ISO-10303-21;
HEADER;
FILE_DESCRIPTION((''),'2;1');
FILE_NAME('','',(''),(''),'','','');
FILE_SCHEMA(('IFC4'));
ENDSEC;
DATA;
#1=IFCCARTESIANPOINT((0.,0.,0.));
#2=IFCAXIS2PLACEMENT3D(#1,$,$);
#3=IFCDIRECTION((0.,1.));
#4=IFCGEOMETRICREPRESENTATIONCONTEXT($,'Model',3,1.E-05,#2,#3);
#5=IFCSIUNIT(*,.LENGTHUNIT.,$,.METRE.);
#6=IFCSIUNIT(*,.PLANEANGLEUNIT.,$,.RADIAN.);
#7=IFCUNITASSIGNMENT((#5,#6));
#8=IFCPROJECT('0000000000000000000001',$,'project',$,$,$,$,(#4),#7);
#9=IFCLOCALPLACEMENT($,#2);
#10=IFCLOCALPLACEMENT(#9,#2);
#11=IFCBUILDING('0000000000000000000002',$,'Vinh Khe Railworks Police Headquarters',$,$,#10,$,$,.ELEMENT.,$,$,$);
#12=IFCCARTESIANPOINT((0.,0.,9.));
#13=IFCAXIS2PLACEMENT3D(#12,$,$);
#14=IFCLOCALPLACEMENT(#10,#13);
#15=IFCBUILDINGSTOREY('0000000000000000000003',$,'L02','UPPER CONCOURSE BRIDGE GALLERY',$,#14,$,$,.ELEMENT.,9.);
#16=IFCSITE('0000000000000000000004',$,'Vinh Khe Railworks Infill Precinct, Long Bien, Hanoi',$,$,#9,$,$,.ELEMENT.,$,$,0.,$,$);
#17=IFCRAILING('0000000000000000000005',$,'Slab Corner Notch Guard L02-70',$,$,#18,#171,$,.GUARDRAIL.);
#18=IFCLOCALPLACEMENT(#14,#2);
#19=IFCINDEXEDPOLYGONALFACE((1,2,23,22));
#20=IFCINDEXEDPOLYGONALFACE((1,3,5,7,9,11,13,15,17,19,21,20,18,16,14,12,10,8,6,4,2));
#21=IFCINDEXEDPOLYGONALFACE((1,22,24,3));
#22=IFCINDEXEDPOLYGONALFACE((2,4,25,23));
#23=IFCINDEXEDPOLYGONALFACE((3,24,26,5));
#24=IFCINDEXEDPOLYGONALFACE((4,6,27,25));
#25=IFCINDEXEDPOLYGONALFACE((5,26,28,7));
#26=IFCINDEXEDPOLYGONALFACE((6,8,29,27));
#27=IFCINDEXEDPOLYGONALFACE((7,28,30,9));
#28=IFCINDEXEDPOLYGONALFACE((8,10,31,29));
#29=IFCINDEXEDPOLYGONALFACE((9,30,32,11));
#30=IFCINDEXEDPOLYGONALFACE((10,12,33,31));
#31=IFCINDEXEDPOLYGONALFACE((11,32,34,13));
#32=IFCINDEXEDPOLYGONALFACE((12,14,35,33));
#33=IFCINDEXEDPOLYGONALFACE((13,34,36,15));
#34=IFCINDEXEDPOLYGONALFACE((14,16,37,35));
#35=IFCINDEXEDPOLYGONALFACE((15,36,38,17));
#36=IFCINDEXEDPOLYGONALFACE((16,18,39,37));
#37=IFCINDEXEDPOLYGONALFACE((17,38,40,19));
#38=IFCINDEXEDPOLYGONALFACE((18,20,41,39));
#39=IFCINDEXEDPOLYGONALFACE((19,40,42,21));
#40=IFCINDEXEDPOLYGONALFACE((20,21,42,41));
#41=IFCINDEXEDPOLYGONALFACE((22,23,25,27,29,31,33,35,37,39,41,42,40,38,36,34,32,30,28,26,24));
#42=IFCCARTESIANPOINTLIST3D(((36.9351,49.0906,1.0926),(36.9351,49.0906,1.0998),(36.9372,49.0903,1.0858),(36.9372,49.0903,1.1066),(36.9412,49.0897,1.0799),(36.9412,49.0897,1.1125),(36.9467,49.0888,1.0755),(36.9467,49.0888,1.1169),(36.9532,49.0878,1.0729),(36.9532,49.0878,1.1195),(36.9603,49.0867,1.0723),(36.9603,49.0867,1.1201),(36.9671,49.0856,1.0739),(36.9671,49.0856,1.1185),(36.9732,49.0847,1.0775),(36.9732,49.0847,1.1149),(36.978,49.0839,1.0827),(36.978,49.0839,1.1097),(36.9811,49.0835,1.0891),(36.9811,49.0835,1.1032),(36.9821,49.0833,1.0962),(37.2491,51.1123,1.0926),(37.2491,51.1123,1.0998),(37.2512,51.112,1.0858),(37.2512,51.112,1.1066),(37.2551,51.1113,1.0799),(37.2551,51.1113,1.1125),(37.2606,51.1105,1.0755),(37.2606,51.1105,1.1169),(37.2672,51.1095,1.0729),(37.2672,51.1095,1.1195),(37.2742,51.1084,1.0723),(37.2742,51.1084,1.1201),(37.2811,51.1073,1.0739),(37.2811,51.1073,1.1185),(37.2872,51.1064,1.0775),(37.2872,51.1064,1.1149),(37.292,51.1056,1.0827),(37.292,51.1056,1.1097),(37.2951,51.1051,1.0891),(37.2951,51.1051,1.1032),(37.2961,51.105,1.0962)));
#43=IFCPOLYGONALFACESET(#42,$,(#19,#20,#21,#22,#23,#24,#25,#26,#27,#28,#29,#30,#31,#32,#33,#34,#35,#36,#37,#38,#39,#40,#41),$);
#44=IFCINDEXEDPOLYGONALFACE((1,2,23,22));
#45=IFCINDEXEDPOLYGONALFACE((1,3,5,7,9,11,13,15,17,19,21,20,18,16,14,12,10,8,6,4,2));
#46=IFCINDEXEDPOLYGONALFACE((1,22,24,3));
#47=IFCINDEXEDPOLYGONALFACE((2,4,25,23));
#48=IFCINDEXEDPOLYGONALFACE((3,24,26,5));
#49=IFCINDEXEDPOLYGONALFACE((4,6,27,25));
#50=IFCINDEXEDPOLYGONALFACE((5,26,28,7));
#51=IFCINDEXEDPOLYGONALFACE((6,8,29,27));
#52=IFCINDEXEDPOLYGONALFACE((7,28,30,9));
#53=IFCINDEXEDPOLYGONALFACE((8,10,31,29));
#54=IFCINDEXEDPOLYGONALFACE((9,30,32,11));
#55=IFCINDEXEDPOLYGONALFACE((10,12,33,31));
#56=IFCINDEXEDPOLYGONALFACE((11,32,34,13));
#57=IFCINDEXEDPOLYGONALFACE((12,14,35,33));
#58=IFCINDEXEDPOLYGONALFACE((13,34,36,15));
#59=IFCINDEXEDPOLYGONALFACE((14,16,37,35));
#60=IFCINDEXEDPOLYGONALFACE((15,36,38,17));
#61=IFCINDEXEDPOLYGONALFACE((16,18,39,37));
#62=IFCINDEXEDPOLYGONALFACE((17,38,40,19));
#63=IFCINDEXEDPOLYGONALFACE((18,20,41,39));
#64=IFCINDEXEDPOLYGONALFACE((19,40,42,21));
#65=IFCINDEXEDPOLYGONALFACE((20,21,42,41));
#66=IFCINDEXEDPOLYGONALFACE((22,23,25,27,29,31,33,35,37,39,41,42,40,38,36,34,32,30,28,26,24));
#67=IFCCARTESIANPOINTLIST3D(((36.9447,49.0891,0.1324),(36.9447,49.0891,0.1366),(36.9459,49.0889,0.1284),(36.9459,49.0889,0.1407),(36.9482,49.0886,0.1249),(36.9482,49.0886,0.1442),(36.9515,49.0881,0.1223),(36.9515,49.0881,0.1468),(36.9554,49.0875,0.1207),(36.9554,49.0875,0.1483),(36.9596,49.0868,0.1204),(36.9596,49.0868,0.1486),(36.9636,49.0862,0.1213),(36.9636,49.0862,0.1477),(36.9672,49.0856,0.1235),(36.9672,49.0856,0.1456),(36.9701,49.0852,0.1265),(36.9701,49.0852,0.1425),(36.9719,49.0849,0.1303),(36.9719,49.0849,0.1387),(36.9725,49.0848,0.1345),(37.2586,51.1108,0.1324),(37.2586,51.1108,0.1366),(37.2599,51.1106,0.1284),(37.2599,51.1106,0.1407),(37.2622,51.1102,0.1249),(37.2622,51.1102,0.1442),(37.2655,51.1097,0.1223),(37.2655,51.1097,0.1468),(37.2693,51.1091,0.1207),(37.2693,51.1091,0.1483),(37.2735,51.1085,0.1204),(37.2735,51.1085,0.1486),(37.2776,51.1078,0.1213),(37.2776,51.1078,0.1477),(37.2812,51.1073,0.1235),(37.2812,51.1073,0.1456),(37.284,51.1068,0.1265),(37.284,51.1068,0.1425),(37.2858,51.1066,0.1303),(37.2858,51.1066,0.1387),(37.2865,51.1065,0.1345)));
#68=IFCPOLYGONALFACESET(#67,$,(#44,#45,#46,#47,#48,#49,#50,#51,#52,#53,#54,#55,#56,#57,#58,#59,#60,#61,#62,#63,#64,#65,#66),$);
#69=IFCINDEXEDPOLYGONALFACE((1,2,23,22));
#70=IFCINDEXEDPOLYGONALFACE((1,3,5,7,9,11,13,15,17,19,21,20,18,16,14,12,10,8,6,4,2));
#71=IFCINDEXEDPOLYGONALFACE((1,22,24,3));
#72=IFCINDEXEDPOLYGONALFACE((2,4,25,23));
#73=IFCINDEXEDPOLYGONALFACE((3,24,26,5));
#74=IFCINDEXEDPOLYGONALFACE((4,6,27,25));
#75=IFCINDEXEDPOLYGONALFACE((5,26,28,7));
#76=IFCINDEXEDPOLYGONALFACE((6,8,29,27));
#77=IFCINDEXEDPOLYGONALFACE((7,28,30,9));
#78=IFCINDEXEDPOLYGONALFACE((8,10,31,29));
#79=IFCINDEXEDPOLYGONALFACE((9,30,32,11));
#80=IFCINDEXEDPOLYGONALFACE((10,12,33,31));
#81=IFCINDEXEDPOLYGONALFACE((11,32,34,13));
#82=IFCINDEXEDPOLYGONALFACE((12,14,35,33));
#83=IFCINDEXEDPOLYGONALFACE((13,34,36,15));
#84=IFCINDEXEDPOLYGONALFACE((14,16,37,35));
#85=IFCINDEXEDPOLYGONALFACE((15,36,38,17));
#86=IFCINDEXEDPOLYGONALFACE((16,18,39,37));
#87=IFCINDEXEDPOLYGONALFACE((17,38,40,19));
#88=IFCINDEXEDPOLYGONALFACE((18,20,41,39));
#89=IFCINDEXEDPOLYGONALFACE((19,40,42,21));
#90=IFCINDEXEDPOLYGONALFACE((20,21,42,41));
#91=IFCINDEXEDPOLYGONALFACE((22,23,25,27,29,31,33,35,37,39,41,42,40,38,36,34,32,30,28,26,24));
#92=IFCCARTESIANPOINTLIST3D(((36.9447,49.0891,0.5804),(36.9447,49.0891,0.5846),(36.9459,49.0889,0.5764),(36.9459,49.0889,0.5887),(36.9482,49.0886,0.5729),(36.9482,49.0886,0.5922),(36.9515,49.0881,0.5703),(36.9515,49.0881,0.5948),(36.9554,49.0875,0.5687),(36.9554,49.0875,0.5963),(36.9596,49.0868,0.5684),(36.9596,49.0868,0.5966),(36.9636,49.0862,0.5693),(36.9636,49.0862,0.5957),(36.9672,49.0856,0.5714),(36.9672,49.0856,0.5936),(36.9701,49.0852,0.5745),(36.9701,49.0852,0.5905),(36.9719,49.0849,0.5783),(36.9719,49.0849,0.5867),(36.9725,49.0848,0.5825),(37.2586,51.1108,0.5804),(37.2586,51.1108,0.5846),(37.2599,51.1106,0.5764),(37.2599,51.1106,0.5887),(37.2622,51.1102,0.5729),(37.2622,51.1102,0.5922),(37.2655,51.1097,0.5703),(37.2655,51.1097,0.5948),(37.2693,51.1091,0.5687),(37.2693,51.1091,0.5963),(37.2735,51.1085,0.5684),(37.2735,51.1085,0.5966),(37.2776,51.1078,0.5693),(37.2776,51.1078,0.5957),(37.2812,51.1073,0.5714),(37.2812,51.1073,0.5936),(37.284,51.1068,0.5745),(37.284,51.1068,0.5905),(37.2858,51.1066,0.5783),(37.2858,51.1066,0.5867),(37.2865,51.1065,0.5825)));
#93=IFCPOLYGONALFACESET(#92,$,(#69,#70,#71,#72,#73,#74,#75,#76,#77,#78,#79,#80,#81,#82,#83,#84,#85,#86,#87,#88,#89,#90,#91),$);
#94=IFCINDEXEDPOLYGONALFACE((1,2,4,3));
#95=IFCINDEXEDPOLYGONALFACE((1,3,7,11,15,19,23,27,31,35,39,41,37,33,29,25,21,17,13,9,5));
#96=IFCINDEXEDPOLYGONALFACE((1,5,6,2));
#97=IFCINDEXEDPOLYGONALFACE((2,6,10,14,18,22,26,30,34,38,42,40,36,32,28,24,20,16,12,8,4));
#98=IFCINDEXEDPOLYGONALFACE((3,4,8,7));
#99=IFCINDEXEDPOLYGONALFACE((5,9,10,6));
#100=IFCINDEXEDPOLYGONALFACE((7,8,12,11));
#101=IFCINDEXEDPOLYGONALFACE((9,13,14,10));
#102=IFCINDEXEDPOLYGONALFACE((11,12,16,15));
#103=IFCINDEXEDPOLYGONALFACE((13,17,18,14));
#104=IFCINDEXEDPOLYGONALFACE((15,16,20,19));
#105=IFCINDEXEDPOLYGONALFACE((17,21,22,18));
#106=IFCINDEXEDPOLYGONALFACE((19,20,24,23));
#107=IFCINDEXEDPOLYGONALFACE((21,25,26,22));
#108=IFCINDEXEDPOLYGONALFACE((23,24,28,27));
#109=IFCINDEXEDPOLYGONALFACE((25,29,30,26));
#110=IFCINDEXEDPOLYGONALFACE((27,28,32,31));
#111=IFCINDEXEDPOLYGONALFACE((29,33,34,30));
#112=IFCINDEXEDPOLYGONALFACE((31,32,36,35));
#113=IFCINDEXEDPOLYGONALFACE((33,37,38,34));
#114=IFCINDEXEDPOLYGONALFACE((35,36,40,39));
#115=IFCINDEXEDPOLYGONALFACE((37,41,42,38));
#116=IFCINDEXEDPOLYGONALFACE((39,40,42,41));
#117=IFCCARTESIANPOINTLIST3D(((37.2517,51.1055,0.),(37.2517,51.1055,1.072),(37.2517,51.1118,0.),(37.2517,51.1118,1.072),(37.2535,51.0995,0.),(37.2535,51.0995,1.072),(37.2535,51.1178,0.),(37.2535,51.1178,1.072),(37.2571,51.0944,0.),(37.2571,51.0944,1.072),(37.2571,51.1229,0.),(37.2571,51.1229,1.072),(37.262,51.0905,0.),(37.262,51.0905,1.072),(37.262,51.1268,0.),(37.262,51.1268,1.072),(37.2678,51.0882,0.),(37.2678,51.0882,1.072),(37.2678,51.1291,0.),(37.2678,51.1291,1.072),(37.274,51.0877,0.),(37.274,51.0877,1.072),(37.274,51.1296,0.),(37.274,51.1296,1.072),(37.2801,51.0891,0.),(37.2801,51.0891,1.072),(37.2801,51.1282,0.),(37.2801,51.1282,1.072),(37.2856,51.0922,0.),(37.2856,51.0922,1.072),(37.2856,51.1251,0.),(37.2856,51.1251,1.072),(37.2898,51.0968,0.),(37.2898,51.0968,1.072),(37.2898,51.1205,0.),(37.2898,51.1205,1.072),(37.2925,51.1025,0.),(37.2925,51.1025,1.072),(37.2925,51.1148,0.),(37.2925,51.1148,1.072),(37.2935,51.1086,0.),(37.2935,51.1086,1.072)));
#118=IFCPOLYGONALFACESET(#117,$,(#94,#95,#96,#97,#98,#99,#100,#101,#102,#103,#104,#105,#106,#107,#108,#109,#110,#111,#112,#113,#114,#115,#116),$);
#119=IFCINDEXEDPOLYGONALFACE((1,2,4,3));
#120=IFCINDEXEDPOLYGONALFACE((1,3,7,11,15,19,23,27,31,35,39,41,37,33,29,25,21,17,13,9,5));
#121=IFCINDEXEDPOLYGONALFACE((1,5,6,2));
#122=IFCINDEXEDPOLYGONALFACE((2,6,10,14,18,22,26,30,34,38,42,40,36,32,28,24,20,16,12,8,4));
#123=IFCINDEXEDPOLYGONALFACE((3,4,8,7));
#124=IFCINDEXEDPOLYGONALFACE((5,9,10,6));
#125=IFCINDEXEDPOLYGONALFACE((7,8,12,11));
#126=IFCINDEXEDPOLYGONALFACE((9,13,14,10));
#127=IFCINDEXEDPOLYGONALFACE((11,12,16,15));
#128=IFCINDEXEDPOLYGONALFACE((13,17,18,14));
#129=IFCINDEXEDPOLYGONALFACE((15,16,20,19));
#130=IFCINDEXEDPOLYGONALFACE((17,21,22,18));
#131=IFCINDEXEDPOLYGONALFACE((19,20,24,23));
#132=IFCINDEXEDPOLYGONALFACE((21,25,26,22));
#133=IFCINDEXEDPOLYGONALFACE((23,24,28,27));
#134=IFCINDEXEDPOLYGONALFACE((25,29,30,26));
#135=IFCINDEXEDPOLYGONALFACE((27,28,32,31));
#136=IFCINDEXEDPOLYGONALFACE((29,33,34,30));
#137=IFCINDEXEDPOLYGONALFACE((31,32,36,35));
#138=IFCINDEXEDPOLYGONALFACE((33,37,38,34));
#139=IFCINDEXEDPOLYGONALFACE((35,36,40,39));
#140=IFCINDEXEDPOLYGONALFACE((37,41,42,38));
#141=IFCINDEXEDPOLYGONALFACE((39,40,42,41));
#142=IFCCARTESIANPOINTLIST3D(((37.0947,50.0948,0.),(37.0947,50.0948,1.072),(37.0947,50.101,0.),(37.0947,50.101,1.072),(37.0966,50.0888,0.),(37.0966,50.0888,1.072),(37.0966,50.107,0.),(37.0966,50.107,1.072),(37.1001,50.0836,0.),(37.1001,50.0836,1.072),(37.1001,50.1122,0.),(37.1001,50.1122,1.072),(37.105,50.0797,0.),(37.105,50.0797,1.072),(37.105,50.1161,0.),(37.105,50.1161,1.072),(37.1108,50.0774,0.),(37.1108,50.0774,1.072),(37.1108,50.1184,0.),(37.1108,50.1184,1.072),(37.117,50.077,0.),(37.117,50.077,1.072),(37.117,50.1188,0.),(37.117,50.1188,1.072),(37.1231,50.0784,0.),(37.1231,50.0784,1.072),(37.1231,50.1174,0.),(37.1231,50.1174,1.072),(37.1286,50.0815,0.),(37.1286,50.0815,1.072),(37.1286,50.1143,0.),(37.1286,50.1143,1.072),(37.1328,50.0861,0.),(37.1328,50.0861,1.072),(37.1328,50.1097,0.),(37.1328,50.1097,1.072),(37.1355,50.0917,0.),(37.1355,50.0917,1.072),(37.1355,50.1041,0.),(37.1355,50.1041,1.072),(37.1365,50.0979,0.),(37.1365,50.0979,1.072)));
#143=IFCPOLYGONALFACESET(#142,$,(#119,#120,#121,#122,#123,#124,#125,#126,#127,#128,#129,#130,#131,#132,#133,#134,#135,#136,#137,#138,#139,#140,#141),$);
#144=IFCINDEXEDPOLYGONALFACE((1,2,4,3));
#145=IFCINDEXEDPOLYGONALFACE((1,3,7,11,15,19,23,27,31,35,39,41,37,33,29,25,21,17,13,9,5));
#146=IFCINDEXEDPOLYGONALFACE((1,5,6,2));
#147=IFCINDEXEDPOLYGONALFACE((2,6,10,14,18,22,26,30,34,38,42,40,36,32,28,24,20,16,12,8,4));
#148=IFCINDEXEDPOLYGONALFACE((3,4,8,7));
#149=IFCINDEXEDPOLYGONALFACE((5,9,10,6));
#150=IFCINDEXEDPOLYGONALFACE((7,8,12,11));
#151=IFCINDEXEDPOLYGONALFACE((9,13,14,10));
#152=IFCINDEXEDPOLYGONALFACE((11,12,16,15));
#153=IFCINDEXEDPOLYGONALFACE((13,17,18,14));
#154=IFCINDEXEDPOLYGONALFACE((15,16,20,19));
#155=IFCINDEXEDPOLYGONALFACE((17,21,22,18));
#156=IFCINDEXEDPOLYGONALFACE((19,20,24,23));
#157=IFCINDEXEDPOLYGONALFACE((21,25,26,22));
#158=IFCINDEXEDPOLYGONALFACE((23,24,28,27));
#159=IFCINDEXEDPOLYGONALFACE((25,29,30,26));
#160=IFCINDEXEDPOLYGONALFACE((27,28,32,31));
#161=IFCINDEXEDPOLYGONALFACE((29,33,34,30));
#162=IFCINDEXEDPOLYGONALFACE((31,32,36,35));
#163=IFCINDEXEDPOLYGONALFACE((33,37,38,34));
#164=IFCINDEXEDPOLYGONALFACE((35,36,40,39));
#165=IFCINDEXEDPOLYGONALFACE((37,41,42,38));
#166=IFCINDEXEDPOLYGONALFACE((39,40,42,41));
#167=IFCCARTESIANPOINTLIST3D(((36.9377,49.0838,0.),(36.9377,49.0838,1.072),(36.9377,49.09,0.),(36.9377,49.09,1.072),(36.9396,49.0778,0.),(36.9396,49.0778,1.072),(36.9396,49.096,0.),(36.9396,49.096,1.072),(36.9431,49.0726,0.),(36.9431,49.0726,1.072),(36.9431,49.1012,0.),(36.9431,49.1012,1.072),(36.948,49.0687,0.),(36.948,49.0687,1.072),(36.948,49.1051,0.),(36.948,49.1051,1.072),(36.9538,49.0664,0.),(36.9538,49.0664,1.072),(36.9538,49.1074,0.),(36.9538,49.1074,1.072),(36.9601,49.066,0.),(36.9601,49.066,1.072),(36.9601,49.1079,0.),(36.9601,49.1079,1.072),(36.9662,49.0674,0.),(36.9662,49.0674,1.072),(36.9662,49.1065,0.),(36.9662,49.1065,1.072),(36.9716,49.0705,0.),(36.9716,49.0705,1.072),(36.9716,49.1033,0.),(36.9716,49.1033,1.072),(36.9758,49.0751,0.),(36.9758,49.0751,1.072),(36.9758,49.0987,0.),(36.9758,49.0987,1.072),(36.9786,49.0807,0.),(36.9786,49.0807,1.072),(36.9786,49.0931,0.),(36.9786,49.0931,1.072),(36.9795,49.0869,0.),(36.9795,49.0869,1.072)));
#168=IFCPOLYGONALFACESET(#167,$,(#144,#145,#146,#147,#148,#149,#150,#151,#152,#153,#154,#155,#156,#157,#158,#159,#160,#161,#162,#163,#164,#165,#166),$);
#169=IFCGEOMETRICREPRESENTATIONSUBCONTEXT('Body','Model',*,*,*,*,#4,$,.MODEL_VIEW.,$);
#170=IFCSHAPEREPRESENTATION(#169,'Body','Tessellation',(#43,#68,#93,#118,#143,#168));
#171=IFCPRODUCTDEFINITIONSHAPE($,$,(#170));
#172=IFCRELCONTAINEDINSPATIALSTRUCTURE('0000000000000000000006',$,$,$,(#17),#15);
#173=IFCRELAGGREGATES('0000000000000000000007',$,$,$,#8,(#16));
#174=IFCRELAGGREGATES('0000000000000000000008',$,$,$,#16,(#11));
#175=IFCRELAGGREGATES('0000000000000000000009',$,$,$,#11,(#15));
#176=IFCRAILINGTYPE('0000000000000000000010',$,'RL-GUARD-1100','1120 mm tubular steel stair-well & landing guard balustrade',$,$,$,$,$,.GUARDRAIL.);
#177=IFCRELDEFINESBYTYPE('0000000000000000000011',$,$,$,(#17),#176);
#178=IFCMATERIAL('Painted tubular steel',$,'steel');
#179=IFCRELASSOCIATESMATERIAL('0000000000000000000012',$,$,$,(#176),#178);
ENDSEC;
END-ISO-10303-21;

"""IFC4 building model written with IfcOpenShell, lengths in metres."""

from ifc_helpers import new_model, si_unit, direction, frame, origin, origin_2d, place, context, subcontext, project, spatial, circle, extrude, material, type_object, element, save


model = new_model("IFC4")

# Units and contexts
model_context = context("Model", 3, precision=1e-05, world=origin(), true_north=direction((0.0, 1.0)))
body_context = subcontext(model_context, "Body", "Model", "MODEL_VIEW")
ifc_project = project(units=[si_unit("LENGTHUNIT", "METRE"), si_unit("PLANEANGLEUNIT", "RADIAN")], contexts=[model_context])

# Site, building, storey
site_placement = place(None, origin())
site = spatial("IfcSite", under=ifc_project, at=site_placement, Name="Vinh Khe Railworks Infill Precinct, Long Bien, Hanoi", CompositionType="ELEMENT", RefElevation=0.0)
building_placement = place(site_placement, origin())
building = spatial("IfcBuilding", under=site, at=building_placement, Name="Vinh Khe Railworks Police Headquarters", CompositionType="ELEMENT")
storey_placement = place(building_placement, frame((0.0, 0.0, 9.0)))
storey = spatial("IfcBuildingStorey", under=building, at=storey_placement, Name="L02", Description="UPPER CONCOURSE BRIDGE GALLERY", CompositionType="ELEMENT", Elevation=9.0)

# Railing
ifc_material_1 = material(Name="Painted tubular steel", Category="steel")
railing_type = type_object("IfcRailingType", Name="RL-GUARD-1100", Description="1120 mm tubular steel stair-well & landing guard balustrade", PredefinedType="GUARDRAIL", material=ifc_material_1)
railing_1_placement = place(storey_placement, frame((37.2725, 51.1086, 0.0)))
element("IfcRailing", 1, at=railing_1_placement, inside=storey, type_object=railing_type, Name="Slab Corner Notch Guard L02-70", PredefinedType="GUARDRAIL", context=body_context, shape_type="SweptSolid", body=[
    extrude(circle(Radius=0.0239, at=origin_2d()), frame((0.0, 0.0, 1.0962), z_axis=(-0.153456, -0.988156, 0.0), x_axis=(0.988156, -0.153456, 0.0)), (0.0, 0.0, 1.0), 2.0459),
    extrude(circle(Radius=0.0142, at=origin_2d()), frame((0.0, 0.0, 0.1345), z_axis=(-0.153456, -0.988156, 0.0), x_axis=(0.988156, -0.153456, 0.0)), (0.0, 0.0, 1.0), 2.0459),
    extrude(circle(Radius=0.0142, at=origin_2d()), frame((0.0, 0.0, 0.5825), z_axis=(-0.153456, -0.988156, 0.0), x_axis=(0.988156, -0.153456, 0.0)), (0.0, 0.0, 1.0), 2.0459),
    extrude(circle(Radius=0.021, at=origin_2d()), origin(), (0.0, 0.0, 1.0), 1.072),
    extrude(circle(Radius=0.021, at=origin_2d()), frame((-0.157, -1.0107, 0.0)), (0.0, 0.0, 1.0), 1.072),
    extrude(circle(Radius=0.021, at=origin_2d()), frame((-0.314, -2.0217, 0.0)), (0.0, 0.0, 1.0), 1.072),
])

save(model, "model.ifc")
